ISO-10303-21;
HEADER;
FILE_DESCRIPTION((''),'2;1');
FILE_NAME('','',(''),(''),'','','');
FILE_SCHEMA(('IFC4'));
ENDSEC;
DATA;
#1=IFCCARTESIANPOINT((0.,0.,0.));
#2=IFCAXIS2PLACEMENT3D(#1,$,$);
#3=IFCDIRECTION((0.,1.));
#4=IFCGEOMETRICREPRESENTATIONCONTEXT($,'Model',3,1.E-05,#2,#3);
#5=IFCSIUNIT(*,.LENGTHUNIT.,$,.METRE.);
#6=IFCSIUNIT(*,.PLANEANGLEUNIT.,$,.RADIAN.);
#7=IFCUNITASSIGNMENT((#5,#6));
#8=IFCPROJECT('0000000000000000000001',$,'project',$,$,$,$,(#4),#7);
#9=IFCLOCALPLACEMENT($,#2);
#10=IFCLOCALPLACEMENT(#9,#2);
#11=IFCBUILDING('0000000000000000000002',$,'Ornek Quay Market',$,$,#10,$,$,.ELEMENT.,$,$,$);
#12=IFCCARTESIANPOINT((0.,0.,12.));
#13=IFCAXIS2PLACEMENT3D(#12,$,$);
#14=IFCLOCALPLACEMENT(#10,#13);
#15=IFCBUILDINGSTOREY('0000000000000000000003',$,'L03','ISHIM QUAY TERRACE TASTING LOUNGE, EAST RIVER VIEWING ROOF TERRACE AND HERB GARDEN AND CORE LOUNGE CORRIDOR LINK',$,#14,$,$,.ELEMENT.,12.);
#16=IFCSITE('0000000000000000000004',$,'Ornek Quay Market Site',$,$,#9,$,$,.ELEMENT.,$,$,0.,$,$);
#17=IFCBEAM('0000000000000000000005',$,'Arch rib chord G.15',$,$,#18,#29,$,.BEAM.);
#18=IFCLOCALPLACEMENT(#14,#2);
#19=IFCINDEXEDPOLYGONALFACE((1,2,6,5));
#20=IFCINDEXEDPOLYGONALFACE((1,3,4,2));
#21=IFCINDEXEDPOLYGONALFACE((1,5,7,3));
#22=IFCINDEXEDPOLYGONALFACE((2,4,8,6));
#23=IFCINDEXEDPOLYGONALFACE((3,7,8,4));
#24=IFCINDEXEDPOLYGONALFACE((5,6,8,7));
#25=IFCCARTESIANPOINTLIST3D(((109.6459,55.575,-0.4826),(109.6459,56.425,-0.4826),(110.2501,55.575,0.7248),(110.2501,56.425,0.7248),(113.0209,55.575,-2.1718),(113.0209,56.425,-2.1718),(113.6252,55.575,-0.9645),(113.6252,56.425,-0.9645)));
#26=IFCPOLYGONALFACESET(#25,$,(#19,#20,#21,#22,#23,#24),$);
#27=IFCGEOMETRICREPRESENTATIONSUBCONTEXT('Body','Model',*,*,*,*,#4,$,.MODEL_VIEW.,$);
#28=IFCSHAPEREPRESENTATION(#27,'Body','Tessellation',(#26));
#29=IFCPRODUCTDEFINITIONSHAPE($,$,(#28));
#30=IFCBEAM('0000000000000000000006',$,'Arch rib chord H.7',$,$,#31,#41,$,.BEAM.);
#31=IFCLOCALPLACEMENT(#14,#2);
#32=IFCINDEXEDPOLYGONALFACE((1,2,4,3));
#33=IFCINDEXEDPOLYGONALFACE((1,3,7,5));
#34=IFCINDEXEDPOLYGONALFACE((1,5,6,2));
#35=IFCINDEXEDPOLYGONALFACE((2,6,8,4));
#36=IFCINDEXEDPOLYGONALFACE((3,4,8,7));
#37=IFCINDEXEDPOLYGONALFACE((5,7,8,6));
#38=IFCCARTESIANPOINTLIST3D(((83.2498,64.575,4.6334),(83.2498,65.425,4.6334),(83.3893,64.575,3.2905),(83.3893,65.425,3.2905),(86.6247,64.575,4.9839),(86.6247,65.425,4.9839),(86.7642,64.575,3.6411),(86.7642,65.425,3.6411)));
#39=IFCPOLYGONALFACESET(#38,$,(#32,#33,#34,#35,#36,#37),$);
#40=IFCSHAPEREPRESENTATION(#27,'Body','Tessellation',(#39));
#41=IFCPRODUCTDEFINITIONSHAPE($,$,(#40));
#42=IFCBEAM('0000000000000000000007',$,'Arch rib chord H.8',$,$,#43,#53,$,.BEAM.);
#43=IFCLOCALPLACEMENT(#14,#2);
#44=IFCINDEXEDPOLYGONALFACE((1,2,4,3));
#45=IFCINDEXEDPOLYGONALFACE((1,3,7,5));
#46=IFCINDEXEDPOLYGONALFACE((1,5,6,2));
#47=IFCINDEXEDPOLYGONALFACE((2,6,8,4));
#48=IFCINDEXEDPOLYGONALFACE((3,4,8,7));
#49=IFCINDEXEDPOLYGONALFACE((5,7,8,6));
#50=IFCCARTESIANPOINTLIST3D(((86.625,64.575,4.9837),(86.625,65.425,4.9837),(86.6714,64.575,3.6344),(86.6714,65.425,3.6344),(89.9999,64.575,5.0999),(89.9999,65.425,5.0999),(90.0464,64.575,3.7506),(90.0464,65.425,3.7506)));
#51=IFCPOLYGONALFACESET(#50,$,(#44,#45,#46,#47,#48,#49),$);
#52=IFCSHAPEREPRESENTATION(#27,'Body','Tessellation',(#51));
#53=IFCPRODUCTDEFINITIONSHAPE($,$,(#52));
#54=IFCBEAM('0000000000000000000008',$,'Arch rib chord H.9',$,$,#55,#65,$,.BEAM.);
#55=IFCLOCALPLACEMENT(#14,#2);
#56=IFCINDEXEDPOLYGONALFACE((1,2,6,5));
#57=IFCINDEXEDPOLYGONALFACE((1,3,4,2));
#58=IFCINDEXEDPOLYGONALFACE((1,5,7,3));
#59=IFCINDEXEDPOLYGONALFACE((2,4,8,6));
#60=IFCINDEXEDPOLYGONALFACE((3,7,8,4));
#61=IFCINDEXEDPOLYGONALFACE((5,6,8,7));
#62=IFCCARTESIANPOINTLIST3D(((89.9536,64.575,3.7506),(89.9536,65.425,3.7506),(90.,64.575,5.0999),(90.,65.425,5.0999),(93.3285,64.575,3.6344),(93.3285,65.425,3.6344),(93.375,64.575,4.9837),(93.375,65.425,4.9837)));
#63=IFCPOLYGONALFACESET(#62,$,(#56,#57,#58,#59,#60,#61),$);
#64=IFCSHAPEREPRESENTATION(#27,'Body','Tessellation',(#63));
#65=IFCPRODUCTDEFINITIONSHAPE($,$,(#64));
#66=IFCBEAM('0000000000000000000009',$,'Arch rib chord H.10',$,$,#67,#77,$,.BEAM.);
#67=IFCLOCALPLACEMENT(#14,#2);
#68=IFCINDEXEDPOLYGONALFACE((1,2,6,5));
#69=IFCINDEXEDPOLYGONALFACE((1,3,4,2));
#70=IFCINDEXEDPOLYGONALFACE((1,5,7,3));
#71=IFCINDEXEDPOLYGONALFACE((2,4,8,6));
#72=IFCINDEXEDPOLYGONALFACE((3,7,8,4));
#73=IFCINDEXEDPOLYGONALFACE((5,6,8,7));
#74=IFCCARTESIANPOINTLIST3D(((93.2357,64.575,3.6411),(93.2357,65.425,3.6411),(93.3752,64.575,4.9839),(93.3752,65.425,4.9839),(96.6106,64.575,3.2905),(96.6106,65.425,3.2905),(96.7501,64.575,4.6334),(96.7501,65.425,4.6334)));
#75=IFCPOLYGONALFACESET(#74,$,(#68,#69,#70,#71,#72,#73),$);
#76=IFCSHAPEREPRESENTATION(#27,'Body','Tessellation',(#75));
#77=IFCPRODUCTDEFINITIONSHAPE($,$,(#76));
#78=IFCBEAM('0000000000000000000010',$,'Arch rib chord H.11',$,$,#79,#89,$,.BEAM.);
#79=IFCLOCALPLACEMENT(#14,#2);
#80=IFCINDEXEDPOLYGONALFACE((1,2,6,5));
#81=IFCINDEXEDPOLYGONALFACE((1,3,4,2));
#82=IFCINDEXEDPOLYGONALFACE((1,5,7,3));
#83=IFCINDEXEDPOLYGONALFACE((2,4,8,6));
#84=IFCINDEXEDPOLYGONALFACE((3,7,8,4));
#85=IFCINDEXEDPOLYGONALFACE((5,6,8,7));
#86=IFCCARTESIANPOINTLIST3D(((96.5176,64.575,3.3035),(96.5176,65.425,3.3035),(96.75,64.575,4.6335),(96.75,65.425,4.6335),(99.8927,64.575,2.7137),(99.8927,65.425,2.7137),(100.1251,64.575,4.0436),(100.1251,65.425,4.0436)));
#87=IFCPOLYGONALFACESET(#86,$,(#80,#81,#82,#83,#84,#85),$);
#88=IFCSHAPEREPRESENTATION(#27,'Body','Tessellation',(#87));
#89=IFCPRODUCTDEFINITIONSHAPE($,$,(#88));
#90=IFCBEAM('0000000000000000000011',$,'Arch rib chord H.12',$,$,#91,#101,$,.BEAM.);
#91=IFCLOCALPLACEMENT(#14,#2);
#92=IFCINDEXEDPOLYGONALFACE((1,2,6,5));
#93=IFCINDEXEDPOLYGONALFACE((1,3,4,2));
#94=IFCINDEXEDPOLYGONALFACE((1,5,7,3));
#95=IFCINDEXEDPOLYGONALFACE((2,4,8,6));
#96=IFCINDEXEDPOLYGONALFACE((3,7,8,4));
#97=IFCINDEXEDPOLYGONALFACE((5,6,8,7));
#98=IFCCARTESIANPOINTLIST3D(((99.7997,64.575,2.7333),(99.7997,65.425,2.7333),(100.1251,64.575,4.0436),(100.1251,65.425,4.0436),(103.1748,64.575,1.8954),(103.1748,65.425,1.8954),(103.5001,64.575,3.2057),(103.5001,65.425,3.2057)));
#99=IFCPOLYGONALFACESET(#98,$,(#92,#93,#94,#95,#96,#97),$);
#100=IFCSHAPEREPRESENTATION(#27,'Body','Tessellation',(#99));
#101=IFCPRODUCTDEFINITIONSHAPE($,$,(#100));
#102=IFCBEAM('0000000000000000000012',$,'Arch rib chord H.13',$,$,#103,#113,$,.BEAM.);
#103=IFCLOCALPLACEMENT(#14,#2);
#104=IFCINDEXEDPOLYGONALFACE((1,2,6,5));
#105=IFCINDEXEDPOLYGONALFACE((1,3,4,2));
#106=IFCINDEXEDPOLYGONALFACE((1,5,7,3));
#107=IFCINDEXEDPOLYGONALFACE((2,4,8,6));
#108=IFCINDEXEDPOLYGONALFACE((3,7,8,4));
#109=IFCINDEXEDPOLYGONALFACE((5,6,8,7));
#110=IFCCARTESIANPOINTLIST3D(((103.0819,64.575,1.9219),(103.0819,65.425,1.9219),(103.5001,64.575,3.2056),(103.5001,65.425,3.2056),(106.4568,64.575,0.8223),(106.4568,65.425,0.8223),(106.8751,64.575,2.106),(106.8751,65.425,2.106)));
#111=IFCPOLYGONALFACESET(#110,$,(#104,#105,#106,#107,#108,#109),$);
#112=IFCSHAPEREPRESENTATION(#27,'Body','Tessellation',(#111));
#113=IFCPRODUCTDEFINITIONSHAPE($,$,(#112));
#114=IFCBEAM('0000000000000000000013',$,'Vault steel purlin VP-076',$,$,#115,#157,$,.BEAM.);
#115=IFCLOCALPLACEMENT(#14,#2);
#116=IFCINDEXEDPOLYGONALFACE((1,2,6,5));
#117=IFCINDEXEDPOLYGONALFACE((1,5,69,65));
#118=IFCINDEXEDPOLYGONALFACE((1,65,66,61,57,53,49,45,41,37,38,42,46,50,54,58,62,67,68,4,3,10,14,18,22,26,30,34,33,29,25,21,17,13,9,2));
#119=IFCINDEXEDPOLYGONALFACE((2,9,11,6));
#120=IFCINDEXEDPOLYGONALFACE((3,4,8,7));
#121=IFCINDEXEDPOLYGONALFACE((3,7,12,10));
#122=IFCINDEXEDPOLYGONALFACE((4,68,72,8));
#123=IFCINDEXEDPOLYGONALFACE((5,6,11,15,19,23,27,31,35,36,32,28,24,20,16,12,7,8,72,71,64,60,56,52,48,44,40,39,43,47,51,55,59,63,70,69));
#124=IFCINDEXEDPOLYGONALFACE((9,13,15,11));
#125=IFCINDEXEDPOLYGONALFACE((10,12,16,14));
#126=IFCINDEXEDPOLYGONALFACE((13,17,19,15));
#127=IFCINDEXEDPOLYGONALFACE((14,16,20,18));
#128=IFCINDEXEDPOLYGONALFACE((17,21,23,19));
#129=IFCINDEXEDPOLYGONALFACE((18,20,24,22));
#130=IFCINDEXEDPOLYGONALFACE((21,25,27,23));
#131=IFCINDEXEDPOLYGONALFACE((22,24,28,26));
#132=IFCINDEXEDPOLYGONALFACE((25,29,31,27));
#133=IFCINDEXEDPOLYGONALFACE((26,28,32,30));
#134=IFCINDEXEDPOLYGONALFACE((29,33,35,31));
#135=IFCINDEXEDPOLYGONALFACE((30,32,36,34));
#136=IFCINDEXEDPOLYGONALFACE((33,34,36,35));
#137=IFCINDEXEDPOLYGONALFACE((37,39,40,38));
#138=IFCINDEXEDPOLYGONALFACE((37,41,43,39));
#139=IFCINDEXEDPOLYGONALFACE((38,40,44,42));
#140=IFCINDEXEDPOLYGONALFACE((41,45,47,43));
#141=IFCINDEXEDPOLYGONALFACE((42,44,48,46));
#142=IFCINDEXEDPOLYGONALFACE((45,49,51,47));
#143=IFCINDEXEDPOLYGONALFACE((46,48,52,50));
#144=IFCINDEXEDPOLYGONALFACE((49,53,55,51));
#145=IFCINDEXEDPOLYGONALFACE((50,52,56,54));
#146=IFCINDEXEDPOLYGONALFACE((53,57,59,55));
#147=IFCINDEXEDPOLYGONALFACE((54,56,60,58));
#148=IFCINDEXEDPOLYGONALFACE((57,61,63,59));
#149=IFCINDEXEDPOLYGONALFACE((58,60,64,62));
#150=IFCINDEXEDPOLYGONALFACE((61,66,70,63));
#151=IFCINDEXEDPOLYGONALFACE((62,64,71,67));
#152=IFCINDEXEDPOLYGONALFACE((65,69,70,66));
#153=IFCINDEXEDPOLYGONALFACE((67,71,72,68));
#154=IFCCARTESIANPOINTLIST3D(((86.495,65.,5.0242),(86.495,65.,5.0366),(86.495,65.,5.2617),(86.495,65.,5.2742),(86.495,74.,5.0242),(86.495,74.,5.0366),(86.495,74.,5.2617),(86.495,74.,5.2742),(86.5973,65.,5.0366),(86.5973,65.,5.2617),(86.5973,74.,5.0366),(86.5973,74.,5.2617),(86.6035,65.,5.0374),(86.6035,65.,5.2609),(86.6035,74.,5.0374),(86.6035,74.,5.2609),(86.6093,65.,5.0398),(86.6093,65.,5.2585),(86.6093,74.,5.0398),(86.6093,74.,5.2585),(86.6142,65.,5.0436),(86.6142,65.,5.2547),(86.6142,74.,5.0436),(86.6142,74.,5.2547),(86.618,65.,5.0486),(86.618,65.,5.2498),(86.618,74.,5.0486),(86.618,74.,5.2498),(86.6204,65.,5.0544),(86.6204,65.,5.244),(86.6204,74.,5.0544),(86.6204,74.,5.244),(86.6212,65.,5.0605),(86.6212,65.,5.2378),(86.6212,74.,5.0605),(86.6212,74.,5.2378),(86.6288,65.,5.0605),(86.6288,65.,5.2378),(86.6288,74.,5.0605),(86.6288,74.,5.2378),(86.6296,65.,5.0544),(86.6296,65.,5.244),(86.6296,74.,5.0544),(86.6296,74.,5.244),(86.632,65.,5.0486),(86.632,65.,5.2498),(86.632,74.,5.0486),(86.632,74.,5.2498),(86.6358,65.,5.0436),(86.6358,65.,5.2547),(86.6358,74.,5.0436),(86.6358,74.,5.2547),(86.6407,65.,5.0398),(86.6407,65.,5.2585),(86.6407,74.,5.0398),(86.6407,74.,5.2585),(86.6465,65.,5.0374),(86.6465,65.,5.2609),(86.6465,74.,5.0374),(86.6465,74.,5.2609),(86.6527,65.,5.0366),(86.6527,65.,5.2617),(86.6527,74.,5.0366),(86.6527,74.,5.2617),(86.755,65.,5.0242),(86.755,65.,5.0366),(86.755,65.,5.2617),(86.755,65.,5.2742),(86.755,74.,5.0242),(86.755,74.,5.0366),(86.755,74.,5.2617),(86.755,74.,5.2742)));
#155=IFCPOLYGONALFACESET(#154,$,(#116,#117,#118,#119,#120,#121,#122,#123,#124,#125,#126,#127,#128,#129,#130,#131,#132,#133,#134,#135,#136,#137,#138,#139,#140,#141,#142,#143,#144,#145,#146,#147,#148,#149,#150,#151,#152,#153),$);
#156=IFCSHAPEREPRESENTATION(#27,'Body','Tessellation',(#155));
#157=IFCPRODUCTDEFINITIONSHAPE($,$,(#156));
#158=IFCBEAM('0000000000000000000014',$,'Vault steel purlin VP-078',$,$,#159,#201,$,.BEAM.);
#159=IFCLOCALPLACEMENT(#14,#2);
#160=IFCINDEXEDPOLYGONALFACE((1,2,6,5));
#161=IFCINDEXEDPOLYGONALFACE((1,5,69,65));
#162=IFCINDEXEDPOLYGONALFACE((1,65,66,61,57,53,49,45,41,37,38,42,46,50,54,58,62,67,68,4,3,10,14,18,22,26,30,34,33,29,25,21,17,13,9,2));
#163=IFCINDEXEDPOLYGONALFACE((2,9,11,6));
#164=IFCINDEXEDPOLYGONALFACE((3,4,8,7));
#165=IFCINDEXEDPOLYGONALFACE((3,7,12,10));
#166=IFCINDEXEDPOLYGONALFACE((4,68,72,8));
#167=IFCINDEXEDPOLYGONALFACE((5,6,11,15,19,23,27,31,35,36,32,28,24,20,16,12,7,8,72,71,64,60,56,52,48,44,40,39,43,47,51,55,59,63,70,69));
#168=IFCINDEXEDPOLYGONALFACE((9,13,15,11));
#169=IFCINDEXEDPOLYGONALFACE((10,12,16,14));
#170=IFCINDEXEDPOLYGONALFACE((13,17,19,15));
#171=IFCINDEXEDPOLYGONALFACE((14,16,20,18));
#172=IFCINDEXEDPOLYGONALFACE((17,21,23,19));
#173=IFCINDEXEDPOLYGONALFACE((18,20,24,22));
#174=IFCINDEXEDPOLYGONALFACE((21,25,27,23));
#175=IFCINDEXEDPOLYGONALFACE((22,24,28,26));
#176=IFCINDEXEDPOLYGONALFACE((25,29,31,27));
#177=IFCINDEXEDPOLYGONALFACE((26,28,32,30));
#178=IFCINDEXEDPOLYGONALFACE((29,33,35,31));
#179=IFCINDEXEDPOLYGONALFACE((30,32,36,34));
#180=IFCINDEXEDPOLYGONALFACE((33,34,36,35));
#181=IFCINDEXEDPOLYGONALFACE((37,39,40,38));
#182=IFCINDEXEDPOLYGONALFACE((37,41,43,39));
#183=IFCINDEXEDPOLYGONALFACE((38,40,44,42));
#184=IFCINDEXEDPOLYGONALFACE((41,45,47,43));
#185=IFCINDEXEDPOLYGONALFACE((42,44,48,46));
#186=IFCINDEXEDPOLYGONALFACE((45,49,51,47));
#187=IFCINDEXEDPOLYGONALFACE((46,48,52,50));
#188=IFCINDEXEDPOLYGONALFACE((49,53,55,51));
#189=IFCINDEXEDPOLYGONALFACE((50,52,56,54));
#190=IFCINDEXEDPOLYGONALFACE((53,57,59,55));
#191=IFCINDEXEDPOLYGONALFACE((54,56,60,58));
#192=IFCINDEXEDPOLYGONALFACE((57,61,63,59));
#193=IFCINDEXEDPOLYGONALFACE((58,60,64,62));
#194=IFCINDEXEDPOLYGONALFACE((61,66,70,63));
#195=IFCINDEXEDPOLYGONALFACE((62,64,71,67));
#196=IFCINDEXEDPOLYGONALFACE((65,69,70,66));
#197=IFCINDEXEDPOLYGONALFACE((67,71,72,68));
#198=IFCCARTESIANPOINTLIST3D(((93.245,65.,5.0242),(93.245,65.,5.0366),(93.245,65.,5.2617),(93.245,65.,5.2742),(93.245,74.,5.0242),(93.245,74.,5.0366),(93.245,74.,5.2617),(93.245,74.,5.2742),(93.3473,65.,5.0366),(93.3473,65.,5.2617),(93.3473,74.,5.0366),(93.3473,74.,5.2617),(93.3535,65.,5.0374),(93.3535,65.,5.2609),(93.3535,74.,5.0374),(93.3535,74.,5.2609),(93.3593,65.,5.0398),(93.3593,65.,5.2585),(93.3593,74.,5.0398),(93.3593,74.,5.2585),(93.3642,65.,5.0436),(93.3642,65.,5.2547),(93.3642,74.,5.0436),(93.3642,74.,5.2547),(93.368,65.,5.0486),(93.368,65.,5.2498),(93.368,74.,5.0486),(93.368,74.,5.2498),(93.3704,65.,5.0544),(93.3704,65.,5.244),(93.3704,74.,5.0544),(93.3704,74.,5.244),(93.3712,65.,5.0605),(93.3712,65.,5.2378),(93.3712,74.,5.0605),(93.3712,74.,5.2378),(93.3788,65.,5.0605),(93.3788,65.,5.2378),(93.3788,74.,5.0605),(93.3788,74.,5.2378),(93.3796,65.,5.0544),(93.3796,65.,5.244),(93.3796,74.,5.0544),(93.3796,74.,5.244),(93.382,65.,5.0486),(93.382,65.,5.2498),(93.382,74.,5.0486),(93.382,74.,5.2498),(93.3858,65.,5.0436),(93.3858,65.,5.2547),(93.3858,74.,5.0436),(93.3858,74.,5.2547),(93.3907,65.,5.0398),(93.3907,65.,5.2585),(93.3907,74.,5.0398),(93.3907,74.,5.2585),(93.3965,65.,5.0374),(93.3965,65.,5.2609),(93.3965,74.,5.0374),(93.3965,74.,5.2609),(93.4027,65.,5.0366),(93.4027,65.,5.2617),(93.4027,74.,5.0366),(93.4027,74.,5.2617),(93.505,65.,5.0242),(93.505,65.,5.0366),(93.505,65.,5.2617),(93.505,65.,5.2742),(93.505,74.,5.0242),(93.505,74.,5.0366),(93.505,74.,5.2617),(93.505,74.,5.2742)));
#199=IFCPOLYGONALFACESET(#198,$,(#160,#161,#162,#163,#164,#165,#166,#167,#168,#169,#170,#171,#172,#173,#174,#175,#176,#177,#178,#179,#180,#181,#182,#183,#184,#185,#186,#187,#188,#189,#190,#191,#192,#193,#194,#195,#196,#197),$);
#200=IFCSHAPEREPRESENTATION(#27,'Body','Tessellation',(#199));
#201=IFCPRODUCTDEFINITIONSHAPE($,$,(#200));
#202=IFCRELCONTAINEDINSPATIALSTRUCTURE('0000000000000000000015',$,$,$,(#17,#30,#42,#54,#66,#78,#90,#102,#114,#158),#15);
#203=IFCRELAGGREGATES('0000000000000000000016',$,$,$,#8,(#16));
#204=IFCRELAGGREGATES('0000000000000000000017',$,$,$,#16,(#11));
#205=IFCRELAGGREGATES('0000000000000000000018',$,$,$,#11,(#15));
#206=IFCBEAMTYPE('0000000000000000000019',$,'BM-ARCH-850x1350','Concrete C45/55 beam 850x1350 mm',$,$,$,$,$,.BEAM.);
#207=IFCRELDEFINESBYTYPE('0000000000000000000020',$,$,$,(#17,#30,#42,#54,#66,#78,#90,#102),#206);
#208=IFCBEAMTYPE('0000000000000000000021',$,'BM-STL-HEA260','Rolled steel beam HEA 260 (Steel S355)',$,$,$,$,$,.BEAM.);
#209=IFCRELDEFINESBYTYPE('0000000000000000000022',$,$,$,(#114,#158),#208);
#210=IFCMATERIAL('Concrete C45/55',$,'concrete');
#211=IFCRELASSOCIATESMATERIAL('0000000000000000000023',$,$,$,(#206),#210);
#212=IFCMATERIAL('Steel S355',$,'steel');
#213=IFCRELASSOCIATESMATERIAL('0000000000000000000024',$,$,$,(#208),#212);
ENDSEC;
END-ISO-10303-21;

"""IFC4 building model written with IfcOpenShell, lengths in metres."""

from ifc_helpers import new_model, si_unit, direction, frame, origin, origin_2d, place, context, subcontext, project, spatial, rectangle, i_section, extrude, material, material_profile, profile_set, type_object, element, save


model = new_model("IFC4")

# Units and contexts
model_context = context("Model", 3, precision=1e-05, world=origin(), true_north=direction((0.0, 1.0)))
body_context = subcontext(model_context, "Body", "Model", "MODEL_VIEW")
ifc_project = project(units=[si_unit("LENGTHUNIT", "METRE"), si_unit("PLANEANGLEUNIT", "RADIAN")], contexts=[model_context])

# Site, building, storey
site_placement = place(None, origin())
site = spatial("IfcSite", under=ifc_project, at=site_placement, Name="Ornek Quay Market Site", CompositionType="ELEMENT", RefElevation=0.0)
building_placement = place(site_placement, origin())
building = spatial("IfcBuilding", under=site, at=building_placement, Name="Ornek Quay Market", CompositionType="ELEMENT")
storey_placement = place(building_placement, frame((0.0, 0.0, 12.0)))
storey = spatial("IfcBuildingStorey", under=building, at=storey_placement, Name="L03", Description="ISHIM QUAY TERRACE TASTING LOUNGE, EAST RIVER VIEWING ROOF TERRACE AND HERB GARDEN AND CORE LOUNGE CORRIDOR LINK", CompositionType="ELEMENT", Elevation=12.0)

# Beams
ifc_material_1 = material(Name="Concrete C45/55", Category="concrete")
ifc_material_profile_1 = material_profile(ifc_material_1, rectangle(XDim=0.8501, YDim=1.3501, at=origin_2d()), Name="RC 850x1350", Category="concrete")
ifc_profile_set_1 = profile_set([ifc_material_profile_1], Name="Concrete C45/55")
beam_type_1 = type_object("IfcBeamType", Name="BM-ARCH-850x1350", Description="Concrete C45/55 beam 850x1350 mm", PredefinedType="BEAM", material=ifc_profile_set_1)
beam_1_placement = place(storey_placement, frame((109.948, 56.0, 0.1211), z_axis=(0.894246, 0.0, -0.447576), x_axis=(0.0, 1.0, 0.0)))
element("IfcBeam", 1, at=beam_1_placement, inside=storey, type_object=beam_type_1, Name="Arch rib chord G.15", PredefinedType="BEAM", context=body_context, shape_type="SweptSolid", body=[
    extrude(rectangle(XDim=0.8501, YDim=1.3501, at=origin_2d()), origin(), (0.0, 0.0, 1.0), 3.7742),
])
beam_2_placement = place(storey_placement, frame((83.3196, 65.0, 3.9619), z_axis=(0.994648, 0.0, 0.103321), x_axis=(0.0, 1.0, 0.0)))
element("IfcBeam", 2, at=beam_2_placement, inside=storey, type_object=beam_type_1, Name="Arch rib chord H.7", PredefinedType="BEAM", context=body_context, shape_type="SweptSolid", body=[
    extrude(rectangle(XDim=0.8501, YDim=1.3501, at=origin_2d()), origin(), (0.0, 0.0, 1.0), 3.3931),
])
for number, where, z_axis, x_axis, name in (
    (3, (86.6482, 65.0, 4.3091), (0.999408, 0.0, 0.034412), (0.0, 1.0, 0.0), "Arch rib chord H.8"),
    (4, (89.9768, 65.0, 4.4253), (0.999408, 0.0, -0.034412), (0.0, 1.0, 0.0), "Arch rib chord H.9"),
):
    element("IfcBeam", number, at=place(storey_placement, frame(where, z_axis=z_axis, x_axis=x_axis)), inside=storey, type_object=beam_type_1, Name=name, PredefinedType="BEAM", context=body_context, shape_type="SweptSolid", body=[
        extrude(rectangle(XDim=0.8501, YDim=1.3501, at=origin_2d()), origin(), (0.0, 0.0, 1.0), 3.377),
    ])
beam_3_placement = place(storey_placement, frame((93.3054, 65.0, 4.3125), z_axis=(0.994648, 0.0, -0.103321), x_axis=(0.0, 1.0, 0.0)))
element("IfcBeam", 5, at=beam_3_placement, inside=storey, type_object=beam_type_1, Name="Arch rib chord H.10", PredefinedType="BEAM", context=body_context, shape_type="SweptSolid", body=[
    extrude(rectangle(XDim=0.8501, YDim=1.3501, at=origin_2d()), origin(), (0.0, 0.0, 1.0), 3.3931),
])
beam_4_placement = place(storey_placement, frame((96.6338, 65.0, 3.9685), z_axis=(0.985069, 0.0, -0.172159), x_axis=(0.0, 1.0, 0.0)))
element("IfcBeam", 6, at=beam_4_placement, inside=storey, type_object=beam_type_1, Name="Arch rib chord H.11", PredefinedType="BEAM", context=body_context, shape_type="SweptSolid", body=[
    extrude(rectangle(XDim=0.8501, YDim=1.3501, at=origin_2d()), origin(), (0.0, 0.0, 1.0), 3.4263),
])
beam_5_placement = place(storey_placement, frame((99.9624, 65.0, 3.3884), z_axis=(0.970538, 0.0, -0.240949), x_axis=(0.0, 1.0, 0.0)))
element("IfcBeam", 7, at=beam_5_placement, inside=storey, type_object=beam_type_1, Name="Arch rib chord H.12", PredefinedType="BEAM", context=body_context, shape_type="SweptSolid", body=[
    extrude(rectangle(XDim=0.8501, YDim=1.3501, at=origin_2d()), origin(), (0.0, 0.0, 1.0), 3.4775),
])
beam_6_placement = place(storey_placement, frame((103.291, 65.0, 2.5637), z_axis=(0.950807, 0.0, -0.309783), x_axis=(0.0, 1.0, 0.0)))
element("IfcBeam", 8, at=beam_6_placement, inside=storey, type_object=beam_type_1, Name="Arch rib chord H.13", PredefinedType="BEAM", context=body_context, shape_type="SweptSolid", body=[
    extrude(rectangle(XDim=0.8501, YDim=1.3501, at=origin_2d()), origin(), (0.0, 0.0, 1.0), 3.5496),
])
ifc_material_2 = material(Name="Steel S355", Category="steel")
ifc_material_profile_2 = material_profile(ifc_material_2, i_section(OverallWidth=0.26, OverallDepth=0.25, WebThickness=0.0076, FlangeThickness=0.0125, FilletRadius=0.0239, at=origin_2d()), Name="HEA 260", Category="steel")
ifc_profile_set_2 = profile_set([ifc_material_profile_2], Name="Steel S355")
beam_type_2 = type_object("IfcBeamType", Name="BM-STL-HEA260", Description="Rolled steel beam HEA 260 (Steel S355)", PredefinedType="BEAM", material=ifc_profile_set_2)
for number, where, z_axis, x_axis, name in (
    (9, (86.625, 65.0, 5.1492), (0.0, 1.0, 0.0), (-1.0, 0.0, 0.0), "Vault steel purlin VP-076"),
    (10, (93.375, 65.0, 5.1492), (0.0, 1.0, 0.0), (-1.0, 0.0, 0.0), "Vault steel purlin VP-078"),
):
    element("IfcBeam", number, at=place(storey_placement, frame(where, z_axis=z_axis, x_axis=x_axis)), inside=storey, type_object=beam_type_2, Name=name, PredefinedType="BEAM", context=body_context, shape_type="SweptSolid", body=[
        extrude(i_section(OverallWidth=0.26, OverallDepth=0.25, WebThickness=0.0076, FlangeThickness=0.0125, FilletRadius=0.0239, at=origin_2d()), origin(), (0.0, 0.0, 1.0), 9.0),
    ])

save(model, "model.ifc")
